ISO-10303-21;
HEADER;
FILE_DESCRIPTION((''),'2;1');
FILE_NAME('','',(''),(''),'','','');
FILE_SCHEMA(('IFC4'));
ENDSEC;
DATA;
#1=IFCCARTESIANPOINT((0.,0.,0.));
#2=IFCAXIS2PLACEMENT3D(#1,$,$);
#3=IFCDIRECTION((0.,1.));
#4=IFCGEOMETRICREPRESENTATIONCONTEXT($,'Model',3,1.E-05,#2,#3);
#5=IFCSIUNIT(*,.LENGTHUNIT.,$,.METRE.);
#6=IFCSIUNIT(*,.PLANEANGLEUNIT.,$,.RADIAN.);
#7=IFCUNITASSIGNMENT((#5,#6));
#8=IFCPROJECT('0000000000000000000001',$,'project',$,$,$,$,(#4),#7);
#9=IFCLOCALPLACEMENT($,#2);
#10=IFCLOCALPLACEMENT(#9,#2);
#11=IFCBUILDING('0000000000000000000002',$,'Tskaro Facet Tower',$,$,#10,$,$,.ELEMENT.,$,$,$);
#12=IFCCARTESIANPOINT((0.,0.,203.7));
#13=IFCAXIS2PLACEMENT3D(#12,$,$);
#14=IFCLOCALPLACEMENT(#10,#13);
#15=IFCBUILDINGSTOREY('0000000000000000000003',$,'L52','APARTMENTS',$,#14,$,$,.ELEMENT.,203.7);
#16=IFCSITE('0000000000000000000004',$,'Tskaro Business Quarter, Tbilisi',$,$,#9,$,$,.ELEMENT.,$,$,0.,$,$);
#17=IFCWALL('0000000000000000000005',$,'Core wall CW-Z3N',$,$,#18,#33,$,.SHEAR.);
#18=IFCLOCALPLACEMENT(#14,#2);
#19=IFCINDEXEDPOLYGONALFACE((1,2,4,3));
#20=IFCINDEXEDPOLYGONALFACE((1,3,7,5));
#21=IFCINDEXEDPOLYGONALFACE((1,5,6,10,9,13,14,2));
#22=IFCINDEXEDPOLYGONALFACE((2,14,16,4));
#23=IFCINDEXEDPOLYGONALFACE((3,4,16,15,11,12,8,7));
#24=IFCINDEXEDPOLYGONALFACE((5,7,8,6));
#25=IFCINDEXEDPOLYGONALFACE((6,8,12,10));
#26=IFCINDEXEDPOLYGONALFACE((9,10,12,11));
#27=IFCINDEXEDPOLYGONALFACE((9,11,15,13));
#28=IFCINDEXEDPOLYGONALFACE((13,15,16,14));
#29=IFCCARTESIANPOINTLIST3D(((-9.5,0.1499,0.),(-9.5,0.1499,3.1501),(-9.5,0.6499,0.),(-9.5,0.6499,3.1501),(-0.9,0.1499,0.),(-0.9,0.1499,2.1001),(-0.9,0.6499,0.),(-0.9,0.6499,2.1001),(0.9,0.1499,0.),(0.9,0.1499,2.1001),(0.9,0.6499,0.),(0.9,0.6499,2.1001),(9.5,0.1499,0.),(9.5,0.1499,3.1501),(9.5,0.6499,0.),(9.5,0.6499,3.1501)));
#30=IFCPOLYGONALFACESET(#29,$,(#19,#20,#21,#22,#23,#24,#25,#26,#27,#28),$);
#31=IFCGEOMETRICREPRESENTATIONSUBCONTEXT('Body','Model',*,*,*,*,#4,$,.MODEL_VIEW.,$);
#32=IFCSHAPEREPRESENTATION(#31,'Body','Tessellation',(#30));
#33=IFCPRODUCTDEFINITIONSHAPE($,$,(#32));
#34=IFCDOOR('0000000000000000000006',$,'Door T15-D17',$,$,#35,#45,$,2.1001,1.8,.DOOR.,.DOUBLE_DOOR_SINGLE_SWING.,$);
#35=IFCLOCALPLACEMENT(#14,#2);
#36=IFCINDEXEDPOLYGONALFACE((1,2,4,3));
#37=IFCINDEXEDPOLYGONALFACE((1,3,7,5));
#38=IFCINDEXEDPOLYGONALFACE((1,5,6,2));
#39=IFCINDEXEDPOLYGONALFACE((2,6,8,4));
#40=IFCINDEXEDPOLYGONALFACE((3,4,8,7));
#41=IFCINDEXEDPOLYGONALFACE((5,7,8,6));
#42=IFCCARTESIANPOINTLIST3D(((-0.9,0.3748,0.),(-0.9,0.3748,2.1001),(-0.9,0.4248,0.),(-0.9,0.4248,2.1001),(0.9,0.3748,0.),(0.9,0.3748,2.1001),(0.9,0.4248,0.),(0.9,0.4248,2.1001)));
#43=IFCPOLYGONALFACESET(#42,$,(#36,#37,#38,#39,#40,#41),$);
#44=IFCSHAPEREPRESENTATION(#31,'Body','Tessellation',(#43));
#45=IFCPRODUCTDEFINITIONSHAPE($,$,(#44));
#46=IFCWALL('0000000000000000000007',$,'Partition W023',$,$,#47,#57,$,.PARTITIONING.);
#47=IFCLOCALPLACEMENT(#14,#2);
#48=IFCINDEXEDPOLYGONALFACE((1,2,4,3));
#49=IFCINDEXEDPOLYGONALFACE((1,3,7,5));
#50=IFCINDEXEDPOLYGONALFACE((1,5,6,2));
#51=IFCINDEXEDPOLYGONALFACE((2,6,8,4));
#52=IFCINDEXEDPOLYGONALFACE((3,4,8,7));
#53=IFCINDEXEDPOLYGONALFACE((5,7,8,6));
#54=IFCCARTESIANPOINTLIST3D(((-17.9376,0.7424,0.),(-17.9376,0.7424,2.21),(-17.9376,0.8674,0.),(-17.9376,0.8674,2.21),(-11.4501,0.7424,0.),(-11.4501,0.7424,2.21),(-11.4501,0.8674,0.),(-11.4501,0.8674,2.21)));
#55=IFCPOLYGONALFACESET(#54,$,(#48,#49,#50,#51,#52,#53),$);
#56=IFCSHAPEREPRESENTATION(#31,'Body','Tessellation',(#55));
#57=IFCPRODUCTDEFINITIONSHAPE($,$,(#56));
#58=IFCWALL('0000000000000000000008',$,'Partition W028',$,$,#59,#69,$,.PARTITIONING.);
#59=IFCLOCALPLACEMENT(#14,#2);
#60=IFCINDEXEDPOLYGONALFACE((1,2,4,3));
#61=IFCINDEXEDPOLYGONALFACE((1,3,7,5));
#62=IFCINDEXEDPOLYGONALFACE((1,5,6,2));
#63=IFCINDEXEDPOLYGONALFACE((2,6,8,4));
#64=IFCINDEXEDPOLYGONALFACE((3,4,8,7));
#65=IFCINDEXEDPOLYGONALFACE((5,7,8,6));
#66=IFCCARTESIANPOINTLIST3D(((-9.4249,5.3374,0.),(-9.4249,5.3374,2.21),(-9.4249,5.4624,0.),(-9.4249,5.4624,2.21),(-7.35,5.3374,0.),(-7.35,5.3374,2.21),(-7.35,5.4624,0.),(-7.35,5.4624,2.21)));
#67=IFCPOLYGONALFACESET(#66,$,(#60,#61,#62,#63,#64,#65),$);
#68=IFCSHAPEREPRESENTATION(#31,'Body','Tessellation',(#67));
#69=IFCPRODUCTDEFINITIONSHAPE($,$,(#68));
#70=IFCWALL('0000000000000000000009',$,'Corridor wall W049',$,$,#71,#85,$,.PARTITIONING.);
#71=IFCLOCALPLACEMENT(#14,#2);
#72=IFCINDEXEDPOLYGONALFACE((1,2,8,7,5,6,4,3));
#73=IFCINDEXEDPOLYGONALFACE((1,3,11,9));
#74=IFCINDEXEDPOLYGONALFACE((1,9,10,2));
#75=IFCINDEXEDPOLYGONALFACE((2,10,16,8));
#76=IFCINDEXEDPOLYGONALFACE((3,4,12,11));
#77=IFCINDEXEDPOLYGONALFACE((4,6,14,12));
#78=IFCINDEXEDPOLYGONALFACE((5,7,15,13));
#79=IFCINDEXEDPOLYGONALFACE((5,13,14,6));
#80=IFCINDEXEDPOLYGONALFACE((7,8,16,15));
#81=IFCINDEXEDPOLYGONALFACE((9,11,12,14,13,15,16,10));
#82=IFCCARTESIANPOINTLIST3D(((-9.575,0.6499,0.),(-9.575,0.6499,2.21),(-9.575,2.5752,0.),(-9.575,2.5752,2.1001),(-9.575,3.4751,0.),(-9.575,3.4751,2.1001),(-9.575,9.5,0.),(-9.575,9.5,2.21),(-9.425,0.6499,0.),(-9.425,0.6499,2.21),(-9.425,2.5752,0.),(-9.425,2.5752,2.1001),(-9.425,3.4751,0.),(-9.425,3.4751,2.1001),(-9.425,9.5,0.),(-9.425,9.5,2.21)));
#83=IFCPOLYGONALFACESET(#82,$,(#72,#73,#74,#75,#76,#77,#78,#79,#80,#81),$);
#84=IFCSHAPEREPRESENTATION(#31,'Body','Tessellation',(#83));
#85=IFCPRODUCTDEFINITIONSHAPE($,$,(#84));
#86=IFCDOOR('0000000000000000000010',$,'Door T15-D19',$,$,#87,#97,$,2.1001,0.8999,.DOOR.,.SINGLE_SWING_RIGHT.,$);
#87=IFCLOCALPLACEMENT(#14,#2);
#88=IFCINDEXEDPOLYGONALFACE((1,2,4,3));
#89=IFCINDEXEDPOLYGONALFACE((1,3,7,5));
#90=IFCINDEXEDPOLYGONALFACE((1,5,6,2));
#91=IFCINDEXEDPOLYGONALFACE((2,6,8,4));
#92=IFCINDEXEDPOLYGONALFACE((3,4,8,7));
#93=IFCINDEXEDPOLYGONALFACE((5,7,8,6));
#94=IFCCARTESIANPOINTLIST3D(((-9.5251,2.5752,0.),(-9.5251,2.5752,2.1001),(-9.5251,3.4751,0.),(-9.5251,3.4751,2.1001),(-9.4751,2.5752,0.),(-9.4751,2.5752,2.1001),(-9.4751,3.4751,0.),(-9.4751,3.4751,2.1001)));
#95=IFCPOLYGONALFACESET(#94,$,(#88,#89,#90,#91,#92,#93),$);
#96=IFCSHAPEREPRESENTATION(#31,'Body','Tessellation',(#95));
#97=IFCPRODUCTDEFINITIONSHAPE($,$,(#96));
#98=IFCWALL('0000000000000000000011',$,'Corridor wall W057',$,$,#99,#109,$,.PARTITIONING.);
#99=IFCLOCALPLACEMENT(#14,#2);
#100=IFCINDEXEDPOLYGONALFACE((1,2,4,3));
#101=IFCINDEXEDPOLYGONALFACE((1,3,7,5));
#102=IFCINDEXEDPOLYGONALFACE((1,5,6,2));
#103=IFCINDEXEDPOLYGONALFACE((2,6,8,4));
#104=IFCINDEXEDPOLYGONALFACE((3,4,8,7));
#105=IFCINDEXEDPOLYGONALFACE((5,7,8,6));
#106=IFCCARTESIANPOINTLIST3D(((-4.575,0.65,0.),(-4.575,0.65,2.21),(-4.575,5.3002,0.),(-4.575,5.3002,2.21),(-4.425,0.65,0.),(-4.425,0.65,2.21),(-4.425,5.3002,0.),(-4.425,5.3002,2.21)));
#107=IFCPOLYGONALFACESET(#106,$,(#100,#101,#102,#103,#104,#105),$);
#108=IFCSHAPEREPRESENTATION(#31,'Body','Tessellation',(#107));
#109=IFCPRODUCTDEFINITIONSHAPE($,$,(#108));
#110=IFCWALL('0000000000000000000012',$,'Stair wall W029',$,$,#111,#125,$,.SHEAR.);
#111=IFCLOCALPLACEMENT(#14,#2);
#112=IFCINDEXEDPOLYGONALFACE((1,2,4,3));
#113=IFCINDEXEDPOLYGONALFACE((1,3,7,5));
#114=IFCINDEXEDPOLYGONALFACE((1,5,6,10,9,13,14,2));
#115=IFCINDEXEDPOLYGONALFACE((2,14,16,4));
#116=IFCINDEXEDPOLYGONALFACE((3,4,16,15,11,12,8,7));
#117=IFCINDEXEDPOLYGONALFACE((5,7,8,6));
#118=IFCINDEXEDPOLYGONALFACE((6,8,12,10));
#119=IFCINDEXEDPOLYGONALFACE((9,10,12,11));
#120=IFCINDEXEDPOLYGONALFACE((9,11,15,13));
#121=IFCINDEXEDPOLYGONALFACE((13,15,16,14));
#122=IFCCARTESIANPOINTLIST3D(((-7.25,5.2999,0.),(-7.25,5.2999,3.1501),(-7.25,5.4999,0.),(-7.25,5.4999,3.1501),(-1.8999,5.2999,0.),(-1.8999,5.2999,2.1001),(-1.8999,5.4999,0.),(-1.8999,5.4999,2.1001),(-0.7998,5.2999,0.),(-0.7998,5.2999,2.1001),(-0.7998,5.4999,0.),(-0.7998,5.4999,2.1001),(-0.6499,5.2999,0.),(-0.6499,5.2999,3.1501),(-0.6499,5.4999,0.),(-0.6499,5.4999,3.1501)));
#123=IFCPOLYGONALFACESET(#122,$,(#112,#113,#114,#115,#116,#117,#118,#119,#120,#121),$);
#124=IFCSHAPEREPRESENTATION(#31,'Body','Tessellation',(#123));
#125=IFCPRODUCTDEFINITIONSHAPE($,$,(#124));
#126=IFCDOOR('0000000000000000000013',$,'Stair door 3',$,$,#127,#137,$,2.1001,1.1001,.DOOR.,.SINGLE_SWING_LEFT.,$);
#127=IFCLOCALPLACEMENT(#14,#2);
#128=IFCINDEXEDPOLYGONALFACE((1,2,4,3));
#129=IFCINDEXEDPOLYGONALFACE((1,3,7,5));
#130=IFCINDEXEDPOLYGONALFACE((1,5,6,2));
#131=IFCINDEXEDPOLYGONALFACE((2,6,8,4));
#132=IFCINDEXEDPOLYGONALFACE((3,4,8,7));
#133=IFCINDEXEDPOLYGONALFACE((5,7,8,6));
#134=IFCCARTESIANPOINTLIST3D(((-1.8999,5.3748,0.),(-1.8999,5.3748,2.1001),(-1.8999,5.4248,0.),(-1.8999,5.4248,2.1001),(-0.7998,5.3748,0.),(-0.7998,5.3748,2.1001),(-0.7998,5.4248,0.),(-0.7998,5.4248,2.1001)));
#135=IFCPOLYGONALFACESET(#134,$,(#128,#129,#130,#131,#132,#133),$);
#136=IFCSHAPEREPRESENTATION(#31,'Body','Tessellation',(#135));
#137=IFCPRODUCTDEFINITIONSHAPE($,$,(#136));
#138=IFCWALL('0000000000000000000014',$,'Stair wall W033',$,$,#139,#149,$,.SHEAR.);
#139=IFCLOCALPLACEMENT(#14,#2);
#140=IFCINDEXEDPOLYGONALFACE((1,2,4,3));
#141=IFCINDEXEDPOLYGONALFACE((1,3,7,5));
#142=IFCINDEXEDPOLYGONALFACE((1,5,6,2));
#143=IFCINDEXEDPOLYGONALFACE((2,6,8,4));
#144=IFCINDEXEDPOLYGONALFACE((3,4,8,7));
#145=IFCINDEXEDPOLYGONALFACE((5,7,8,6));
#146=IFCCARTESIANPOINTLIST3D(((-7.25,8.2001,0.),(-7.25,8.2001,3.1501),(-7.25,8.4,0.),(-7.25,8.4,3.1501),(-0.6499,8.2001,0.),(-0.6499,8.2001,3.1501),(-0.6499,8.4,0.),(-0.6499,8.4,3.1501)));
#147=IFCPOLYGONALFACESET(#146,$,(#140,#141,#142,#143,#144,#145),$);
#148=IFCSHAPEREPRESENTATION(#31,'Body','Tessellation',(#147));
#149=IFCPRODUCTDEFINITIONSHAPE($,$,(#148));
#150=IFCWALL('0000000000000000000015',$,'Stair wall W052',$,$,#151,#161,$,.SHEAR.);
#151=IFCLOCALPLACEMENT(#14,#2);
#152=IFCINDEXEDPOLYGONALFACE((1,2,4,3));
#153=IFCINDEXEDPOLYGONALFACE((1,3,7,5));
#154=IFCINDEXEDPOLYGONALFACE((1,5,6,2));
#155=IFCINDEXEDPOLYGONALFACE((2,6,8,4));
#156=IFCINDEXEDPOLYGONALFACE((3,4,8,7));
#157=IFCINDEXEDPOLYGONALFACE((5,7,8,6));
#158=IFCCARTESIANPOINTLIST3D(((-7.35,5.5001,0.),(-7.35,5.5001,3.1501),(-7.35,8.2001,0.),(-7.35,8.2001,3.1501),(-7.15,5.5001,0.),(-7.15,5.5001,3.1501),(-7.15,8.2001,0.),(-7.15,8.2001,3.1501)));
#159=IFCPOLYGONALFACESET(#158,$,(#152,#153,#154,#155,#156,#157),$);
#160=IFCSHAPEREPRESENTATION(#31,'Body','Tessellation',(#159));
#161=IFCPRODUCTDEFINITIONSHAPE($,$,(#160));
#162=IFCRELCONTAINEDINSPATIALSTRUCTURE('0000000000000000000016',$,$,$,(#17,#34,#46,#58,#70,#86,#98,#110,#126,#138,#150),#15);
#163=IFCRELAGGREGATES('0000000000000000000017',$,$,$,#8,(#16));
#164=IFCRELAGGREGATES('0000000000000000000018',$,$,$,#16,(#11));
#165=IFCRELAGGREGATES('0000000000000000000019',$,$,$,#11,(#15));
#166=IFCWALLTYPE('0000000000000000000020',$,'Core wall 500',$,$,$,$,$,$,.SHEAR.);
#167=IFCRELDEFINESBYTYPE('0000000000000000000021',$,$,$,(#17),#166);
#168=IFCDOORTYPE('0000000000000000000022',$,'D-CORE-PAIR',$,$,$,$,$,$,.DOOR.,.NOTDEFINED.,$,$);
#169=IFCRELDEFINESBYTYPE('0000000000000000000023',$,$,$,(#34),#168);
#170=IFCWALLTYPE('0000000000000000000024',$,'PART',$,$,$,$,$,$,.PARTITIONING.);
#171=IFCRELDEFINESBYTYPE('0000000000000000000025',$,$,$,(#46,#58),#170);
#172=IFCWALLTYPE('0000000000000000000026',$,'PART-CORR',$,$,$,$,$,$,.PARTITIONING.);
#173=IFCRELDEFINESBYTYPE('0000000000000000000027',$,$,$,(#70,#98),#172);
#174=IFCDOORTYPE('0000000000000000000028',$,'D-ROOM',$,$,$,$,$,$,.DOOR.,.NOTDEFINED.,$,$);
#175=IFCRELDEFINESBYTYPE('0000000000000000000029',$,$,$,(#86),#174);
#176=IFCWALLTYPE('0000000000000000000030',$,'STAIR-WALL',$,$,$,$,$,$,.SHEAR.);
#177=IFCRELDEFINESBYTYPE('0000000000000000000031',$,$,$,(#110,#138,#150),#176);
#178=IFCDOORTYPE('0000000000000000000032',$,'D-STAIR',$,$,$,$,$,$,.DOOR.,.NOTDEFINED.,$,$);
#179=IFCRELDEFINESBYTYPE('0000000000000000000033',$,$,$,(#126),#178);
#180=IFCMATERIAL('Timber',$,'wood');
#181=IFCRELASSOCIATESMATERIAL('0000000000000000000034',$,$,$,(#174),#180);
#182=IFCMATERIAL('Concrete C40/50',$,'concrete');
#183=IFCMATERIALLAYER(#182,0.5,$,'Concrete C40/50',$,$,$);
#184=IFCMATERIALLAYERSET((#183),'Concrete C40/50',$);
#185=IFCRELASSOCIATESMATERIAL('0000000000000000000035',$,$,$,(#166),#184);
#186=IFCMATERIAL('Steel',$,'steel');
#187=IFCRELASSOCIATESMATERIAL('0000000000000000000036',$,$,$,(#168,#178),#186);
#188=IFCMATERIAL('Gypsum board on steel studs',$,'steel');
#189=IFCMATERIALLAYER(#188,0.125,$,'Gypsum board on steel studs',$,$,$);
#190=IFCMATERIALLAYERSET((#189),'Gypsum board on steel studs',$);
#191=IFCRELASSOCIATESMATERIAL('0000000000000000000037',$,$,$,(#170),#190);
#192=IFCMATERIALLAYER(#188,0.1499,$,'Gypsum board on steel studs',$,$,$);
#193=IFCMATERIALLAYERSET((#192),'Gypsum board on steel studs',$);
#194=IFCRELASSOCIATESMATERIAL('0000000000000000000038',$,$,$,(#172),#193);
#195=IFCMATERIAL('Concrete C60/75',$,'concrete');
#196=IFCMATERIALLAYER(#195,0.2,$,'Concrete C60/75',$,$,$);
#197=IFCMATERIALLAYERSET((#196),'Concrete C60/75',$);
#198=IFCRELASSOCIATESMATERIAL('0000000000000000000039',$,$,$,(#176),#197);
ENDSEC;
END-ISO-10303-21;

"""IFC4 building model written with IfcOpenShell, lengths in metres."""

from ifc_helpers import new_model, si_unit, direction, frame, frame_2d, origin, place, context, subcontext, project, spatial, rectangle, extrude, material, layer, layer_set, type_object, element, fill, save


model = new_model("IFC4")

# Units and contexts
model_context = context("Model", 3, precision=1e-05, world=origin(), true_north=direction((0.0, 1.0)))
body_context = subcontext(model_context, "Body", "Model", "MODEL_VIEW")
ifc_project = project(units=[si_unit("LENGTHUNIT", "METRE"), si_unit("PLANEANGLEUNIT", "RADIAN")], contexts=[model_context])

# Site, building, storey
site_placement = place(None, origin())
site = spatial("IfcSite", under=ifc_project, at=site_placement, Name="Tskaro Business Quarter, Tbilisi", CompositionType="ELEMENT", RefElevation=0.0)
building_placement = place(site_placement, origin())
building = spatial("IfcBuilding", under=site, at=building_placement, Name="Tskaro Facet Tower", CompositionType="ELEMENT")
storey_placement = place(building_placement, frame((0.0, 0.0, 203.7)))
storey = spatial("IfcBuildingStorey", under=building, at=storey_placement, Name="L52", Description="APARTMENTS", CompositionType="ELEMENT", Elevation=203.7)

# Shared definitions
ifc_material_1 = material(Name="Timber", Category="wood")
door_type_1 = type_object("IfcDoorType", Name="D-ROOM", OperationType="NOTDEFINED", PredefinedType="DOOR", material=ifc_material_1)

# Wall, opening, door
ifc_material_2 = material(Name="Concrete C40/50", Category="concrete")
ifc_layer_1 = layer(ifc_material_2, 0.5, Name="Concrete C40/50")
ifc_layer_set_1 = layer_set([ifc_layer_1], Name="Concrete C40/50")
wall_type_1 = type_object("IfcWallType", Name="Core wall 500", PredefinedType="SHEAR", material=ifc_layer_set_1)
wall_1_placement = place(storey_placement, frame((-9.5, 0.3999, 0.0), z_axis=(0.0, 0.0, 1.0), x_axis=(1.0, 0.0, 0.0)))
wall_1 = element("IfcWall", 1, at=wall_1_placement, inside=storey, type_object=wall_type_1, Name="Core wall CW-Z3N", PredefinedType="SHEAR", context=body_context, shape_type="SweptSolid", body=[
    extrude(rectangle(XDim=19.0, YDim=0.5, at=frame_2d((9.5, 0.0))), origin(), (0.0, 0.0, 1.0), 3.1501),
])
opening_1_placement = place(wall_1_placement, frame((8.6001, 0.0, 0.0)))
opening_1 = element("IfcOpeningElement", 2, at=opening_1_placement, cuts=wall_1, PredefinedType="OPENING", context=body_context, shape_type="SweptSolid", body=[
    extrude(rectangle(XDim=1.8, YDim=2.1001, at=frame_2d((0.8999, 1.05))), frame((0.0, 0.26, 0.0), z_axis=(0.0, -1.0, 0.0), x_axis=(1.0, 0.0, 0.0)), (0.0, 0.0, 1.0), 0.52),
])
ifc_material_3 = material(Name="Steel", Category="steel")
door_type_2 = type_object("IfcDoorType", Name="D-CORE-PAIR", OperationType="NOTDEFINED", PredefinedType="DOOR", material=ifc_material_3)
door_1_placement = place(opening_1_placement, origin())
door_1 = element("IfcDoor", 3, at=door_1_placement, inside=storey, type_object=door_type_2, Name="Door T15-D17", OperationType="DOUBLE_DOOR_SINGLE_SWING", OverallHeight=2.1001, OverallWidth=1.8, PredefinedType="DOOR", context=body_context, shape_type="SweptSolid", body=[
    extrude(rectangle(XDim=1.8, YDim=2.1001, at=frame_2d((0.8999, 1.05))), frame((0.0, 0.0249, 0.0), z_axis=(0.0, -1.0, 0.0), x_axis=(1.0, 0.0, 0.0)), (0.0, 0.0, 1.0), 0.05),
])
fill(opening_1, door_1)

# Walls
ifc_material_4 = material(Name="Gypsum board on steel studs", Category="steel")
ifc_layer_2 = layer(ifc_material_4, 0.125, Name="Gypsum board on steel studs")
ifc_layer_set_2 = layer_set([ifc_layer_2], Name="Gypsum board on steel studs")
wall_type_2 = type_object("IfcWallType", Name="PART", PredefinedType="PARTITIONING", material=ifc_layer_set_2)
wall_2_placement = place(storey_placement, frame((-17.9375, 0.8049, 0.0), z_axis=(0.0, 0.0, 1.0), x_axis=(1.0, 0.0, 0.0)))
element("IfcWall", 4, at=wall_2_placement, inside=storey, type_object=wall_type_2, Name="Partition W023", PredefinedType="PARTITIONING", context=body_context, shape_type="SweptSolid", body=[
    extrude(rectangle(XDim=6.4875, YDim=0.125, at=frame_2d((3.2437, 0.0))), origin(), (0.0, 0.0, 1.0), 2.21),
])
wall_3_placement = place(storey_placement, frame((-9.425, 5.3999, 0.0), z_axis=(0.0, 0.0, 1.0), x_axis=(1.0, 0.0, 0.0)))
element("IfcWall", 5, at=wall_3_placement, inside=storey, type_object=wall_type_2, Name="Partition W028", PredefinedType="PARTITIONING", context=body_context, shape_type="SweptSolid", body=[
    extrude(rectangle(XDim=2.075, YDim=0.125, at=frame_2d((1.0376, 0.0))), origin(), (0.0, 0.0, 1.0), 2.21),
])

# Wall, opening, door
ifc_layer_3 = layer(ifc_material_4, 0.1499, Name="Gypsum board on steel studs")
ifc_layer_set_3 = layer_set([ifc_layer_3], Name="Gypsum board on steel studs")
wall_type_3 = type_object("IfcWallType", Name="PART-CORR", PredefinedType="PARTITIONING", material=ifc_layer_set_3)
wall_4_placement = place(storey_placement, frame((-9.5, 9.5, 0.0), z_axis=(0.0, 0.0, 1.0), x_axis=(0.0, -1.0, 0.0)))
wall_4 = element("IfcWall", 6, at=wall_4_placement, inside=storey, type_object=wall_type_3, Name="Corridor wall W049", PredefinedType="PARTITIONING", context=body_context, shape_type="SweptSolid", body=[
    extrude(rectangle(XDim=8.8501, YDim=0.1499, at=frame_2d((4.425, 0.0))), origin(), (0.0, 0.0, 1.0), 2.21),
])
opening_2_placement = place(wall_4_placement, frame((6.0249, 0.0, 0.0)))
opening_2 = element("IfcOpeningElement", 7, at=opening_2_placement, cuts=wall_4, PredefinedType="OPENING", context=body_context, shape_type="SweptSolid", body=[
    extrude(rectangle(XDim=0.8999, YDim=2.1001, at=frame_2d((0.45, 1.05))), frame((0.0, 0.085, 0.0), z_axis=(0.0, -1.0, 0.0), x_axis=(1.0, 0.0, 0.0)), (0.0, 0.0, 1.0), 0.1699),
])
door_2_placement = place(opening_2_placement, origin())
door_2 = element("IfcDoor", 8, at=door_2_placement, inside=storey, type_object=door_type_1, Name="Door T15-D19", OperationType="SINGLE_SWING_RIGHT", OverallHeight=2.1001, OverallWidth=0.8999, PredefinedType="DOOR", context=body_context, shape_type="SweptSolid", body=[
    extrude(rectangle(XDim=0.8999, YDim=2.1001, at=frame_2d((0.45, 1.05))), frame((0.0, 0.0249, 0.0), z_axis=(0.0, -1.0, 0.0), x_axis=(1.0, 0.0, 0.0)), (0.0, 0.0, 1.0), 0.05),
])
fill(opening_2, door_2)

# Wall
wall_5_placement = place(storey_placement, frame((-4.5, 0.6499, 0.0), z_axis=(0.0, 0.0, 1.0), x_axis=(0.0, 1.0, 0.0)))
element("IfcWall", 9, at=wall_5_placement, inside=storey, type_object=wall_type_3, Name="Corridor wall W057", PredefinedType="PARTITIONING", context=body_context, shape_type="SweptSolid", body=[
    extrude(rectangle(XDim=4.6501, YDim=0.1499, at=frame_2d((2.3252, 0.0))), origin(), (0.0, 0.0, 1.0), 2.21),
])

# Wall, opening, door
ifc_material_5 = material(Name="Concrete C60/75", Category="concrete")
ifc_layer_4 = layer(ifc_material_5, 0.2, Name="Concrete C60/75")
ifc_layer_set_4 = layer_set([ifc_layer_4], Name="Concrete C60/75")
wall_type_4 = type_object("IfcWallType", Name="STAIR-WALL", PredefinedType="SHEAR", material=ifc_layer_set_4)
wall_6_placement = place(storey_placement, frame((-7.25, 5.3999, 0.0), z_axis=(0.0, 0.0, 1.0), x_axis=(1.0, 0.0, 0.0)))
wall_6 = element("IfcWall", 10, at=wall_6_placement, inside=storey, type_object=wall_type_4, Name="Stair wall W029", PredefinedType="SHEAR", context=body_context, shape_type="SweptSolid", body=[
    extrude(rectangle(XDim=6.6001, YDim=0.2, at=frame_2d((3.3, 0.0))), origin(), (0.0, 0.0, 1.0), 3.1501),
])
opening_3_placement = place(wall_6_placement, frame((5.3501, 0.0, 0.0)))
opening_3 = element("IfcOpeningElement", 11, at=opening_3_placement, cuts=wall_6, PredefinedType="OPENING", context=body_context, shape_type="SweptSolid", body=[
    extrude(rectangle(XDim=1.1001, YDim=2.1001, at=frame_2d((0.55, 1.05))), frame((0.0, 0.1099, 0.0), z_axis=(0.0, -1.0, 0.0), x_axis=(1.0, 0.0, 0.0)), (0.0, 0.0, 1.0), 0.22),
])
door_type_3 = type_object("IfcDoorType", Name="D-STAIR", OperationType="NOTDEFINED", PredefinedType="DOOR", material=ifc_material_3)
door_3_placement = place(opening_3_placement, origin())
door_3 = element("IfcDoor", 12, at=door_3_placement, inside=storey, type_object=door_type_3, Name="Stair door 3", OperationType="SINGLE_SWING_LEFT", OverallHeight=2.1001, OverallWidth=1.1001, PredefinedType="DOOR", context=body_context, shape_type="SweptSolid", body=[
    extrude(rectangle(XDim=1.1001, YDim=2.1001, at=frame_2d((0.55, 1.05))), frame((0.0, 0.0249, 0.0), z_axis=(0.0, -1.0, 0.0), x_axis=(1.0, 0.0, 0.0)), (0.0, 0.0, 1.0), 0.05),
])
fill(opening_3, door_3)

# Walls
wall_7_placement = place(storey_placement, frame((-7.25, 8.3, 0.0), z_axis=(0.0, 0.0, 1.0), x_axis=(1.0, 0.0, 0.0)))
element("IfcWall", 13, at=wall_7_placement, inside=storey, type_object=wall_type_4, Name="Stair wall W033", PredefinedType="SHEAR", context=body_context, shape_type="SweptSolid", body=[
    extrude(rectangle(XDim=6.6001, YDim=0.2, at=frame_2d((3.3, 0.0))), origin(), (0.0, 0.0, 1.0), 3.1501),
])
wall_8_placement = place(storey_placement, frame((-7.25, 5.5, 0.0), z_axis=(0.0, 0.0, 1.0), x_axis=(0.0, 1.0, 0.0)))
element("IfcWall", 14, at=wall_8_placement, inside=storey, type_object=wall_type_4, Name="Stair wall W052", PredefinedType="SHEAR", context=body_context, shape_type="SweptSolid", body=[
    extrude(rectangle(XDim=2.7, YDim=0.2, at=frame_2d((1.3501, 0.0))), origin(), (0.0, 0.0, 1.0), 3.1501),
])

save(model, "model.ifc")
